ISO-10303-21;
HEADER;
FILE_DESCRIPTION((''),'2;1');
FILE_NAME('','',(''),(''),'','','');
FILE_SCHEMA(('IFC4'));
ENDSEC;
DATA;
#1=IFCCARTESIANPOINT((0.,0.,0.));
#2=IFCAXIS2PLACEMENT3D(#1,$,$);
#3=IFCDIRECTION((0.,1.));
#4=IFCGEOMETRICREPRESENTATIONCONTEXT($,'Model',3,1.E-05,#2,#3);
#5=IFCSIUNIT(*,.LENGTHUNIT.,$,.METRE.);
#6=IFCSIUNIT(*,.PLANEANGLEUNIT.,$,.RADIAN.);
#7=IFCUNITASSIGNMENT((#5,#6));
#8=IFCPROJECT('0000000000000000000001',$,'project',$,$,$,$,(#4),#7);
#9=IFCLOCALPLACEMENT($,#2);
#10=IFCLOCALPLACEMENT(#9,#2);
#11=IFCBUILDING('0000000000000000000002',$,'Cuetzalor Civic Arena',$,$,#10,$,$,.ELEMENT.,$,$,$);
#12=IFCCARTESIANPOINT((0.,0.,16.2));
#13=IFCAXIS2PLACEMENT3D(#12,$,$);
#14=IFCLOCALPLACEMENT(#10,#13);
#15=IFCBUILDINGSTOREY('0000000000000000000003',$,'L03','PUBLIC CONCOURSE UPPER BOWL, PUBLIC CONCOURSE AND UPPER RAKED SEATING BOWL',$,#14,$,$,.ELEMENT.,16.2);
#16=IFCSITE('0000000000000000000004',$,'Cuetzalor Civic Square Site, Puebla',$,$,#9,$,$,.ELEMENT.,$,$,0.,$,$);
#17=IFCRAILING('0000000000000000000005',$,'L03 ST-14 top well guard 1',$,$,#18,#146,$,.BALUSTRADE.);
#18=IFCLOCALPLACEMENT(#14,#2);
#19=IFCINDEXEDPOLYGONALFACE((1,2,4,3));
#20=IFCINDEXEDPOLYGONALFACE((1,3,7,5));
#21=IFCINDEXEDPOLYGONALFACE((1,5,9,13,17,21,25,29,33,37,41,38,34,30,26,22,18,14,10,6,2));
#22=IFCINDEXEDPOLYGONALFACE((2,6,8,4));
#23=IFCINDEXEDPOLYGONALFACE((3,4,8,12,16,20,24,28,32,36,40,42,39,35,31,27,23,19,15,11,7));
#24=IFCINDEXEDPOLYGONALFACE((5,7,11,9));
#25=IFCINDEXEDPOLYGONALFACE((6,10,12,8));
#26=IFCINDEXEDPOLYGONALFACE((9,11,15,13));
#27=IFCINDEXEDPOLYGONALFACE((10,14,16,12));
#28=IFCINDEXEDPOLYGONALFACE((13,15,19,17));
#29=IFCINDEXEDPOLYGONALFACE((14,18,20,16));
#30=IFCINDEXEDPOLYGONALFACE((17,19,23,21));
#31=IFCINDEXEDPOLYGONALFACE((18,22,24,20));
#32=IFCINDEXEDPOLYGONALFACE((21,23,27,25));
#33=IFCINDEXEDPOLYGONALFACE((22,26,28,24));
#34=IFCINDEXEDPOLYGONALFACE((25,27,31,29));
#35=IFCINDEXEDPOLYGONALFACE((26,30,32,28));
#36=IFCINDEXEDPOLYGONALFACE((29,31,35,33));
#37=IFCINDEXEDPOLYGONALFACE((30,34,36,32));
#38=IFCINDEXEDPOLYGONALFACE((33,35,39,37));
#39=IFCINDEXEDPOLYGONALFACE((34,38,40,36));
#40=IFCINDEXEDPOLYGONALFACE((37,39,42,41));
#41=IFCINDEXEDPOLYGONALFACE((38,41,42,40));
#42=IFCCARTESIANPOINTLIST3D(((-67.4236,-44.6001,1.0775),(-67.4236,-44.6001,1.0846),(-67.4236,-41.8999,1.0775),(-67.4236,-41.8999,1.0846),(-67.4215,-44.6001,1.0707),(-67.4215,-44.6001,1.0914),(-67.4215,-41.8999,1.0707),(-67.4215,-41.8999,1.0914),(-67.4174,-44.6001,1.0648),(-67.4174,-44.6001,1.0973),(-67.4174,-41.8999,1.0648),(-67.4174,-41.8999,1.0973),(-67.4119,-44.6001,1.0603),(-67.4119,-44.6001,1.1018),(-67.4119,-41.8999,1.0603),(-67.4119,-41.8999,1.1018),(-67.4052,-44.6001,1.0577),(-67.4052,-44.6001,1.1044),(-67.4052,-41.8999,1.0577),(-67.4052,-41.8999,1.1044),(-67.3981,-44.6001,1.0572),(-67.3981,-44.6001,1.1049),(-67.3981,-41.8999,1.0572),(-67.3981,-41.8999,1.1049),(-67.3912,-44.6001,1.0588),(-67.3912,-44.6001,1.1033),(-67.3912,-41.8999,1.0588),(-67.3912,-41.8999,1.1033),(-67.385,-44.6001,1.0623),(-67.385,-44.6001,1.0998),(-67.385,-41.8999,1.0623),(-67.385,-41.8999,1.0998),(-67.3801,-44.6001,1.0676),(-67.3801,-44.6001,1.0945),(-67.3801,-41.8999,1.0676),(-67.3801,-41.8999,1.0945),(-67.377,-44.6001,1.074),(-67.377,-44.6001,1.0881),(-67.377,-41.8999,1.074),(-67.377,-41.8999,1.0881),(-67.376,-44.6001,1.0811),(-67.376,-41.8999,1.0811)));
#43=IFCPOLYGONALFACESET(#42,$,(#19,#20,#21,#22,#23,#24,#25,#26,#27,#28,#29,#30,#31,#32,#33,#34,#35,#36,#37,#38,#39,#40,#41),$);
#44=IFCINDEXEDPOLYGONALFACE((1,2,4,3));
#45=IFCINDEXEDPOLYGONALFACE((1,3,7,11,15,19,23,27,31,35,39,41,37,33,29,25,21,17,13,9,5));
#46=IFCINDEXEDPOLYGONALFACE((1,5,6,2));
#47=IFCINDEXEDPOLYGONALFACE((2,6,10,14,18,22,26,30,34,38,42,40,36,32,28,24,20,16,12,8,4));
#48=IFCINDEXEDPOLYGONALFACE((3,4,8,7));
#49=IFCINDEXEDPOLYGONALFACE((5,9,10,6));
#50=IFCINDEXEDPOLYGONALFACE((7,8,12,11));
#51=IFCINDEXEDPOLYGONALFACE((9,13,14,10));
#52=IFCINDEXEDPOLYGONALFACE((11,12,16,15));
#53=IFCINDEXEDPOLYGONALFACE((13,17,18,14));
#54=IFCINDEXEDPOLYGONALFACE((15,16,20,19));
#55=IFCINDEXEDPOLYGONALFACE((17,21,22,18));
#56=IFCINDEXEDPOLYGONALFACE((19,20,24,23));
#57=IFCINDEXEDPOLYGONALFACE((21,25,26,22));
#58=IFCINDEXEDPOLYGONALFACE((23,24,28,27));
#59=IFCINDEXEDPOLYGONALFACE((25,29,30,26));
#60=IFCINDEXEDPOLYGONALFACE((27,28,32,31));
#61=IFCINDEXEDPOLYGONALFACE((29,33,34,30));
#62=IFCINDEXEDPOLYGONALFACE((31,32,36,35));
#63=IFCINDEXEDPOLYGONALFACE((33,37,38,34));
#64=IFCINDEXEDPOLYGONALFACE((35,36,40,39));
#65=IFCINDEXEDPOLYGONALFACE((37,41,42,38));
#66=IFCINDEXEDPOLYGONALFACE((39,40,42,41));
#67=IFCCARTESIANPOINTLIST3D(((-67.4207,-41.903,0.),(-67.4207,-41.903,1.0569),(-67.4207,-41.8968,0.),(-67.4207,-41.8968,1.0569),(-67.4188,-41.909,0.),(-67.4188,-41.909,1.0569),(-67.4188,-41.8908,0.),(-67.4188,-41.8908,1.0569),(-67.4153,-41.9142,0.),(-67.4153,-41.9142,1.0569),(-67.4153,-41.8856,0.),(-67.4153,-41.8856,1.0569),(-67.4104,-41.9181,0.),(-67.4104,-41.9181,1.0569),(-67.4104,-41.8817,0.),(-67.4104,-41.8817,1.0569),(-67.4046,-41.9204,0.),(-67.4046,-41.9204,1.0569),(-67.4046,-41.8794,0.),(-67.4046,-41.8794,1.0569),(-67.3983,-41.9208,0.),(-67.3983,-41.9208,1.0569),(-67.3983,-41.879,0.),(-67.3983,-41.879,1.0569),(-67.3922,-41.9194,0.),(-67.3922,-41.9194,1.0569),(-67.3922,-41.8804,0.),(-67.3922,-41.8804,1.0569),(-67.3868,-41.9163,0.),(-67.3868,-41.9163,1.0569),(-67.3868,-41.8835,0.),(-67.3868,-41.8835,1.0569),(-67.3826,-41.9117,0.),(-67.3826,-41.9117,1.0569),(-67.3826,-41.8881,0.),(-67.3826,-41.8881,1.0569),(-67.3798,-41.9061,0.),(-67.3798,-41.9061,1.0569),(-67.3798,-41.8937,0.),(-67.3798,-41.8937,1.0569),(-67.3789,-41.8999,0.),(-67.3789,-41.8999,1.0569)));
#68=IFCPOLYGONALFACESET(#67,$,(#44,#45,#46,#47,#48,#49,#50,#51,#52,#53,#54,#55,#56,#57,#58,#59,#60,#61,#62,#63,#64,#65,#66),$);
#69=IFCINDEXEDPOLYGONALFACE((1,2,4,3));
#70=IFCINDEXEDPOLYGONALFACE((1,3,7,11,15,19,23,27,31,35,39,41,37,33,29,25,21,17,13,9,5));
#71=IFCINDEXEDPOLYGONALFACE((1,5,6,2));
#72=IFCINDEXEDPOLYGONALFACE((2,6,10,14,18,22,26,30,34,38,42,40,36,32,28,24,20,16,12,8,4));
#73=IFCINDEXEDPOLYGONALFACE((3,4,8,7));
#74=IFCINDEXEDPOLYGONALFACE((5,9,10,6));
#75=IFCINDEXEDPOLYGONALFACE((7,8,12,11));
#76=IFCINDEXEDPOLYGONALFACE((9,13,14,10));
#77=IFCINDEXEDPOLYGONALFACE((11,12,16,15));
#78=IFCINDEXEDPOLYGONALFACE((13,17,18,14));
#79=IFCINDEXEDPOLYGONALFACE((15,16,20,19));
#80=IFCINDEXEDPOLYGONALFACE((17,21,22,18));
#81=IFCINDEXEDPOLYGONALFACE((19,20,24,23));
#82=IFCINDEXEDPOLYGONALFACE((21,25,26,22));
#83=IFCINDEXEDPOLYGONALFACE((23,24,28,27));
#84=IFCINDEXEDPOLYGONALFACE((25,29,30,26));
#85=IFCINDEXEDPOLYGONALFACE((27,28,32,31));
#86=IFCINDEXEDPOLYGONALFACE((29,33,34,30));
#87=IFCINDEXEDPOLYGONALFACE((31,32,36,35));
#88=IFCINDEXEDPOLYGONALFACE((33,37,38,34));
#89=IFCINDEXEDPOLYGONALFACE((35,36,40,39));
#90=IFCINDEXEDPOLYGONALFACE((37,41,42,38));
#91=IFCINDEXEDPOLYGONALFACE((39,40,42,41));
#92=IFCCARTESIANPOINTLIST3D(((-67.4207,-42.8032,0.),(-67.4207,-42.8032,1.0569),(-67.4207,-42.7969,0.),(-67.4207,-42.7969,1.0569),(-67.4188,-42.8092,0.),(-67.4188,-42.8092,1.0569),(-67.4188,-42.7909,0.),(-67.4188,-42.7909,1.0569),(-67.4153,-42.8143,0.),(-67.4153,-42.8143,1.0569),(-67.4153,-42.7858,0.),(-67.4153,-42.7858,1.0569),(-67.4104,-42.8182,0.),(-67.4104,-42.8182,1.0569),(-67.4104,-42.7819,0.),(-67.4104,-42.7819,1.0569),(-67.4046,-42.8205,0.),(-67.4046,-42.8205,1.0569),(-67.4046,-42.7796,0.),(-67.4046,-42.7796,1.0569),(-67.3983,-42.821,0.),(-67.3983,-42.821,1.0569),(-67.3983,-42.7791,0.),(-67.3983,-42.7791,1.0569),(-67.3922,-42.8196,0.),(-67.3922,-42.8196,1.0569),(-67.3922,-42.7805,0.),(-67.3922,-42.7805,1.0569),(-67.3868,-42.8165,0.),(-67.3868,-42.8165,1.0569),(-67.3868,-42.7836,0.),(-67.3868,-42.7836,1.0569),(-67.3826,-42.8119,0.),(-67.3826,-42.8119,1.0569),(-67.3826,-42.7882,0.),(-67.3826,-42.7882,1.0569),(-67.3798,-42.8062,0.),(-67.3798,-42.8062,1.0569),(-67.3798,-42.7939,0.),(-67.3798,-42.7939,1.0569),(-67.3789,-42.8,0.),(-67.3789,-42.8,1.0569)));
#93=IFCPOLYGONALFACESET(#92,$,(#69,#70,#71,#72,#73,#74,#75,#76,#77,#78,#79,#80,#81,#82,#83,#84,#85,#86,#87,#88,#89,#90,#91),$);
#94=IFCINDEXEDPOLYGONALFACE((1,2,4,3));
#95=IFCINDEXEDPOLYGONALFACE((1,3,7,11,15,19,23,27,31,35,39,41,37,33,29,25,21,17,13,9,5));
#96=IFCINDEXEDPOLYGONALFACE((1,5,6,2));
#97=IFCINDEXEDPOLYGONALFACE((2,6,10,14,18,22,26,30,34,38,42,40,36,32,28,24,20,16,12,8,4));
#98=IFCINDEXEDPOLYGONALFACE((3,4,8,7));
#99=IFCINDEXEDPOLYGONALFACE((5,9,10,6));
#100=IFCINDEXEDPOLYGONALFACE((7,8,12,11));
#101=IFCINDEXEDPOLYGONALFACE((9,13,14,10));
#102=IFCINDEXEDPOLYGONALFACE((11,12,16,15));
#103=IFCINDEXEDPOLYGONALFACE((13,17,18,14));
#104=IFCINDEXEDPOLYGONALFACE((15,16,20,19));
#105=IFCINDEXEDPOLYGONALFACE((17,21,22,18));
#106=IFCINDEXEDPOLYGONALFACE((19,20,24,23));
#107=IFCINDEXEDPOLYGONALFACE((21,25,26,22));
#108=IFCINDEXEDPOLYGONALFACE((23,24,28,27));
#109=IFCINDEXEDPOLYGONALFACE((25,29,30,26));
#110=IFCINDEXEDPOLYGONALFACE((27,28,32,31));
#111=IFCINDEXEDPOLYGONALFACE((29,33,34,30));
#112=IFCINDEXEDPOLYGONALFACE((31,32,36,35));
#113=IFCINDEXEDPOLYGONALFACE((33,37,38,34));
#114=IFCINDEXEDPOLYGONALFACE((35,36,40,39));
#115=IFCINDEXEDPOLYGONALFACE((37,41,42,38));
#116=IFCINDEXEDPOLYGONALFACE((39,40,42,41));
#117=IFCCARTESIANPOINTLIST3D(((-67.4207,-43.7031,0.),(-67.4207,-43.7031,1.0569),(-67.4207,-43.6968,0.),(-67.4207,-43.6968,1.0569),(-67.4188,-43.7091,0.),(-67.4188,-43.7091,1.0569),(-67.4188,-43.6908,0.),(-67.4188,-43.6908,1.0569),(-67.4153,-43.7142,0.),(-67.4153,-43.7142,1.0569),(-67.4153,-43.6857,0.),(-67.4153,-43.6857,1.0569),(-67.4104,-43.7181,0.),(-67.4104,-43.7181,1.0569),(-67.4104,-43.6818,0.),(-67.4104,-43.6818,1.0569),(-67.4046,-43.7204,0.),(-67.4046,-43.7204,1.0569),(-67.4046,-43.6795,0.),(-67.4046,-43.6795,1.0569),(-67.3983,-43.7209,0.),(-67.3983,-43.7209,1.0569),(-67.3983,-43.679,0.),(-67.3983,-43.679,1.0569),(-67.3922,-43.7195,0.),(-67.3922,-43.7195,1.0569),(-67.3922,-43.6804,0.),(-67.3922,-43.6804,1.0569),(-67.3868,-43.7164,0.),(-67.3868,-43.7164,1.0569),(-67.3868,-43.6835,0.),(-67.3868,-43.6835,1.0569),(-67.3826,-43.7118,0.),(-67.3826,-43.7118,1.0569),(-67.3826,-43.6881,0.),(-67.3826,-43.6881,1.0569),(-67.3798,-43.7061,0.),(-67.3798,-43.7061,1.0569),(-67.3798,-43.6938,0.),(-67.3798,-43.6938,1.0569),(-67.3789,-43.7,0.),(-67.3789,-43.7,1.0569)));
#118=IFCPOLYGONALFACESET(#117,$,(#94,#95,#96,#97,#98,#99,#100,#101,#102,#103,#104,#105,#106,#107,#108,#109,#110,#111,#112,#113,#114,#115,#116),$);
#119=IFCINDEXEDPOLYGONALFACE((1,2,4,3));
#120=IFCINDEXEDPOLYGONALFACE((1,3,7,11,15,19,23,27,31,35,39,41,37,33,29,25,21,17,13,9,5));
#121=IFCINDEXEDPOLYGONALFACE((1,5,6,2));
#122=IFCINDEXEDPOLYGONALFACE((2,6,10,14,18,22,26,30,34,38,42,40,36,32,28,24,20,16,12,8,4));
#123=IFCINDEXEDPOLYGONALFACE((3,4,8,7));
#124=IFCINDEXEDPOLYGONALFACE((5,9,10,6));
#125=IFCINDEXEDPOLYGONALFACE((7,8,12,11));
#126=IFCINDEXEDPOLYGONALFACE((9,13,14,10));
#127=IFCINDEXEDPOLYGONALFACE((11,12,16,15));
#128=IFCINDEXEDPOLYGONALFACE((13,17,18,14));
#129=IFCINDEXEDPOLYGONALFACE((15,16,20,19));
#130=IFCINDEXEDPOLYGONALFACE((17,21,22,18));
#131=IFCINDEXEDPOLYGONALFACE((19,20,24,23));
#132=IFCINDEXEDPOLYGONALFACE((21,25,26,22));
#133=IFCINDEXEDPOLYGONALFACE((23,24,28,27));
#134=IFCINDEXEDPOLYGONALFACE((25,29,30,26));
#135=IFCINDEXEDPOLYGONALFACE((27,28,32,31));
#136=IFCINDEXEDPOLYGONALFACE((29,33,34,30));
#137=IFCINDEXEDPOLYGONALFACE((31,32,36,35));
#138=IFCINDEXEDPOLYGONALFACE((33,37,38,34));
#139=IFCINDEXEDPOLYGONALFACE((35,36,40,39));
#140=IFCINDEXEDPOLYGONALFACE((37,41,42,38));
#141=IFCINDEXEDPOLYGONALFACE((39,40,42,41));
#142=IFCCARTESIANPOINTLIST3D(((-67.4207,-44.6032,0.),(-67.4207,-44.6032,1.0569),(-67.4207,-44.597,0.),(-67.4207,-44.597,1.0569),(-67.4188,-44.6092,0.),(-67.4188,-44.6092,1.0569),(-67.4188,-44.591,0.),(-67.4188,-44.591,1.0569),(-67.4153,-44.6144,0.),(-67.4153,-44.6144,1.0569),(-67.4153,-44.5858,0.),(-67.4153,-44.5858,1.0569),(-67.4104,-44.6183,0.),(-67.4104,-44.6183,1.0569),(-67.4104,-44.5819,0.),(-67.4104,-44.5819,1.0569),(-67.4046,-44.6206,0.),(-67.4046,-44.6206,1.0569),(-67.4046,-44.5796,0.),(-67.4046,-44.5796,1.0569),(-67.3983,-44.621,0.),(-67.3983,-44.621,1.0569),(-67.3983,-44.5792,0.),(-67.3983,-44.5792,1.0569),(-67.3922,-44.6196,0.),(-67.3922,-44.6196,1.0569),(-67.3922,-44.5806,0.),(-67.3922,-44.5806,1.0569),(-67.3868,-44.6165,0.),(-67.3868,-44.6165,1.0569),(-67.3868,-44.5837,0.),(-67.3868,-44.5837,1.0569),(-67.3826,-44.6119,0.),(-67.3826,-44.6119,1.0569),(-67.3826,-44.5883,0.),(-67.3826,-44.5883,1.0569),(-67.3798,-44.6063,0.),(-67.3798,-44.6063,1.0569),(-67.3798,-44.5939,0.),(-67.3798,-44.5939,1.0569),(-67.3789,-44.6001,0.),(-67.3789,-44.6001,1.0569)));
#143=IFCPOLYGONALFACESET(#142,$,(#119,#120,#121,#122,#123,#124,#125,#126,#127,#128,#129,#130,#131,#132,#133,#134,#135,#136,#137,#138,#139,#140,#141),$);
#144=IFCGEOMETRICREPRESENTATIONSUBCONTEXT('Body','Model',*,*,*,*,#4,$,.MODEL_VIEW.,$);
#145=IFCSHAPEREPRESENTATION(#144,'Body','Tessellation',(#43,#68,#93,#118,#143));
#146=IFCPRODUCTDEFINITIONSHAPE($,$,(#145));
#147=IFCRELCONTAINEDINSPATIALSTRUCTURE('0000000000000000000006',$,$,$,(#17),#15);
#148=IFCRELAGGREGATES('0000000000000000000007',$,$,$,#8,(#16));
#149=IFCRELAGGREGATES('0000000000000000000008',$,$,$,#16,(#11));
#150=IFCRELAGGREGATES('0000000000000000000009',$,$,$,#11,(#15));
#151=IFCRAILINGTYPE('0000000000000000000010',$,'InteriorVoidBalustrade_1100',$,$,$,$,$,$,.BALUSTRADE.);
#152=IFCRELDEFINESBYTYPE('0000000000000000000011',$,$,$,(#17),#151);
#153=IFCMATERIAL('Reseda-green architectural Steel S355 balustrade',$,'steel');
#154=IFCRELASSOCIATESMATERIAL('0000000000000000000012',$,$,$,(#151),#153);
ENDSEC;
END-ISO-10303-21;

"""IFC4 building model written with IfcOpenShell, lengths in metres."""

from ifc_helpers import new_model, si_unit, direction, frame, origin, origin_2d, place, context, subcontext, project, spatial, circle, extrude, material, type_object, element, save


model = new_model("IFC4")

# Units and contexts
model_context = context("Model", 3, precision=1e-05, world=origin(), true_north=direction((0.0, 1.0)))
body_context = subcontext(model_context, "Body", "Model", "MODEL_VIEW")
ifc_project = project(units=[si_unit("LENGTHUNIT", "METRE"), si_unit("PLANEANGLEUNIT", "RADIAN")], contexts=[model_context])

# Site, building, storey
site_placement = place(None, origin())
site = spatial("IfcSite", under=ifc_project, at=site_placement, Name="Cuetzalor Civic Square Site, Puebla", CompositionType="ELEMENT", RefElevation=0.0)
building_placement = place(site_placement, origin())
building = spatial("IfcBuilding", under=site, at=building_placement, Name="Cuetzalor Civic Arena", CompositionType="ELEMENT")
storey_placement = place(building_placement, frame((0.0, 0.0, 16.2)))
storey = spatial("IfcBuildingStorey", under=building, at=storey_placement, Name="L03", Description="PUBLIC CONCOURSE UPPER BOWL, PUBLIC CONCOURSE AND UPPER RAKED SEATING BOWL", CompositionType="ELEMENT", Elevation=16.2)

# Railing
ifc_material_1 = material(Name="Reseda-green architectural Steel S355 balustrade", Category="steel")
railing_type = type_object("IfcRailingType", Name="InteriorVoidBalustrade_1100", PredefinedType="BALUSTRADE", material=ifc_material_1)
railing_1_placement = place(storey_placement, frame((-67.3999, -41.8999, 0.0)))
element("IfcRailing", 1, at=railing_1_placement, inside=storey, type_object=railing_type, Name="L03 ST-14 top well guard 1", PredefinedType="BALUSTRADE", context=body_context, shape_type="SweptSolid", body=[
    extrude(circle(Radius=0.0239, at=origin_2d()), frame((0.0, 0.0, 1.0811), z_axis=(0.0, -1.0, 0.0), x_axis=(1.0, 0.0, 0.0)), (0.0, 0.0, 1.0), 2.7002),
    extrude(circle(Radius=0.021, at=origin_2d()), origin(), (0.0, 0.0, 1.0), 1.0569),
    extrude(circle(Radius=0.021, at=origin_2d()), frame((0.0, -0.9001, 0.0)), (0.0, 0.0, 1.0), 1.0569),
    extrude(circle(Radius=0.021, at=origin_2d()), frame((0.0, -1.8, 0.0)), (0.0, 0.0, 1.0), 1.0569),
    extrude(circle(Radius=0.021, at=origin_2d()), frame((0.0, -2.7002, 0.0)), (0.0, 0.0, 1.0), 1.0569),
])

save(model, "model.ifc")
